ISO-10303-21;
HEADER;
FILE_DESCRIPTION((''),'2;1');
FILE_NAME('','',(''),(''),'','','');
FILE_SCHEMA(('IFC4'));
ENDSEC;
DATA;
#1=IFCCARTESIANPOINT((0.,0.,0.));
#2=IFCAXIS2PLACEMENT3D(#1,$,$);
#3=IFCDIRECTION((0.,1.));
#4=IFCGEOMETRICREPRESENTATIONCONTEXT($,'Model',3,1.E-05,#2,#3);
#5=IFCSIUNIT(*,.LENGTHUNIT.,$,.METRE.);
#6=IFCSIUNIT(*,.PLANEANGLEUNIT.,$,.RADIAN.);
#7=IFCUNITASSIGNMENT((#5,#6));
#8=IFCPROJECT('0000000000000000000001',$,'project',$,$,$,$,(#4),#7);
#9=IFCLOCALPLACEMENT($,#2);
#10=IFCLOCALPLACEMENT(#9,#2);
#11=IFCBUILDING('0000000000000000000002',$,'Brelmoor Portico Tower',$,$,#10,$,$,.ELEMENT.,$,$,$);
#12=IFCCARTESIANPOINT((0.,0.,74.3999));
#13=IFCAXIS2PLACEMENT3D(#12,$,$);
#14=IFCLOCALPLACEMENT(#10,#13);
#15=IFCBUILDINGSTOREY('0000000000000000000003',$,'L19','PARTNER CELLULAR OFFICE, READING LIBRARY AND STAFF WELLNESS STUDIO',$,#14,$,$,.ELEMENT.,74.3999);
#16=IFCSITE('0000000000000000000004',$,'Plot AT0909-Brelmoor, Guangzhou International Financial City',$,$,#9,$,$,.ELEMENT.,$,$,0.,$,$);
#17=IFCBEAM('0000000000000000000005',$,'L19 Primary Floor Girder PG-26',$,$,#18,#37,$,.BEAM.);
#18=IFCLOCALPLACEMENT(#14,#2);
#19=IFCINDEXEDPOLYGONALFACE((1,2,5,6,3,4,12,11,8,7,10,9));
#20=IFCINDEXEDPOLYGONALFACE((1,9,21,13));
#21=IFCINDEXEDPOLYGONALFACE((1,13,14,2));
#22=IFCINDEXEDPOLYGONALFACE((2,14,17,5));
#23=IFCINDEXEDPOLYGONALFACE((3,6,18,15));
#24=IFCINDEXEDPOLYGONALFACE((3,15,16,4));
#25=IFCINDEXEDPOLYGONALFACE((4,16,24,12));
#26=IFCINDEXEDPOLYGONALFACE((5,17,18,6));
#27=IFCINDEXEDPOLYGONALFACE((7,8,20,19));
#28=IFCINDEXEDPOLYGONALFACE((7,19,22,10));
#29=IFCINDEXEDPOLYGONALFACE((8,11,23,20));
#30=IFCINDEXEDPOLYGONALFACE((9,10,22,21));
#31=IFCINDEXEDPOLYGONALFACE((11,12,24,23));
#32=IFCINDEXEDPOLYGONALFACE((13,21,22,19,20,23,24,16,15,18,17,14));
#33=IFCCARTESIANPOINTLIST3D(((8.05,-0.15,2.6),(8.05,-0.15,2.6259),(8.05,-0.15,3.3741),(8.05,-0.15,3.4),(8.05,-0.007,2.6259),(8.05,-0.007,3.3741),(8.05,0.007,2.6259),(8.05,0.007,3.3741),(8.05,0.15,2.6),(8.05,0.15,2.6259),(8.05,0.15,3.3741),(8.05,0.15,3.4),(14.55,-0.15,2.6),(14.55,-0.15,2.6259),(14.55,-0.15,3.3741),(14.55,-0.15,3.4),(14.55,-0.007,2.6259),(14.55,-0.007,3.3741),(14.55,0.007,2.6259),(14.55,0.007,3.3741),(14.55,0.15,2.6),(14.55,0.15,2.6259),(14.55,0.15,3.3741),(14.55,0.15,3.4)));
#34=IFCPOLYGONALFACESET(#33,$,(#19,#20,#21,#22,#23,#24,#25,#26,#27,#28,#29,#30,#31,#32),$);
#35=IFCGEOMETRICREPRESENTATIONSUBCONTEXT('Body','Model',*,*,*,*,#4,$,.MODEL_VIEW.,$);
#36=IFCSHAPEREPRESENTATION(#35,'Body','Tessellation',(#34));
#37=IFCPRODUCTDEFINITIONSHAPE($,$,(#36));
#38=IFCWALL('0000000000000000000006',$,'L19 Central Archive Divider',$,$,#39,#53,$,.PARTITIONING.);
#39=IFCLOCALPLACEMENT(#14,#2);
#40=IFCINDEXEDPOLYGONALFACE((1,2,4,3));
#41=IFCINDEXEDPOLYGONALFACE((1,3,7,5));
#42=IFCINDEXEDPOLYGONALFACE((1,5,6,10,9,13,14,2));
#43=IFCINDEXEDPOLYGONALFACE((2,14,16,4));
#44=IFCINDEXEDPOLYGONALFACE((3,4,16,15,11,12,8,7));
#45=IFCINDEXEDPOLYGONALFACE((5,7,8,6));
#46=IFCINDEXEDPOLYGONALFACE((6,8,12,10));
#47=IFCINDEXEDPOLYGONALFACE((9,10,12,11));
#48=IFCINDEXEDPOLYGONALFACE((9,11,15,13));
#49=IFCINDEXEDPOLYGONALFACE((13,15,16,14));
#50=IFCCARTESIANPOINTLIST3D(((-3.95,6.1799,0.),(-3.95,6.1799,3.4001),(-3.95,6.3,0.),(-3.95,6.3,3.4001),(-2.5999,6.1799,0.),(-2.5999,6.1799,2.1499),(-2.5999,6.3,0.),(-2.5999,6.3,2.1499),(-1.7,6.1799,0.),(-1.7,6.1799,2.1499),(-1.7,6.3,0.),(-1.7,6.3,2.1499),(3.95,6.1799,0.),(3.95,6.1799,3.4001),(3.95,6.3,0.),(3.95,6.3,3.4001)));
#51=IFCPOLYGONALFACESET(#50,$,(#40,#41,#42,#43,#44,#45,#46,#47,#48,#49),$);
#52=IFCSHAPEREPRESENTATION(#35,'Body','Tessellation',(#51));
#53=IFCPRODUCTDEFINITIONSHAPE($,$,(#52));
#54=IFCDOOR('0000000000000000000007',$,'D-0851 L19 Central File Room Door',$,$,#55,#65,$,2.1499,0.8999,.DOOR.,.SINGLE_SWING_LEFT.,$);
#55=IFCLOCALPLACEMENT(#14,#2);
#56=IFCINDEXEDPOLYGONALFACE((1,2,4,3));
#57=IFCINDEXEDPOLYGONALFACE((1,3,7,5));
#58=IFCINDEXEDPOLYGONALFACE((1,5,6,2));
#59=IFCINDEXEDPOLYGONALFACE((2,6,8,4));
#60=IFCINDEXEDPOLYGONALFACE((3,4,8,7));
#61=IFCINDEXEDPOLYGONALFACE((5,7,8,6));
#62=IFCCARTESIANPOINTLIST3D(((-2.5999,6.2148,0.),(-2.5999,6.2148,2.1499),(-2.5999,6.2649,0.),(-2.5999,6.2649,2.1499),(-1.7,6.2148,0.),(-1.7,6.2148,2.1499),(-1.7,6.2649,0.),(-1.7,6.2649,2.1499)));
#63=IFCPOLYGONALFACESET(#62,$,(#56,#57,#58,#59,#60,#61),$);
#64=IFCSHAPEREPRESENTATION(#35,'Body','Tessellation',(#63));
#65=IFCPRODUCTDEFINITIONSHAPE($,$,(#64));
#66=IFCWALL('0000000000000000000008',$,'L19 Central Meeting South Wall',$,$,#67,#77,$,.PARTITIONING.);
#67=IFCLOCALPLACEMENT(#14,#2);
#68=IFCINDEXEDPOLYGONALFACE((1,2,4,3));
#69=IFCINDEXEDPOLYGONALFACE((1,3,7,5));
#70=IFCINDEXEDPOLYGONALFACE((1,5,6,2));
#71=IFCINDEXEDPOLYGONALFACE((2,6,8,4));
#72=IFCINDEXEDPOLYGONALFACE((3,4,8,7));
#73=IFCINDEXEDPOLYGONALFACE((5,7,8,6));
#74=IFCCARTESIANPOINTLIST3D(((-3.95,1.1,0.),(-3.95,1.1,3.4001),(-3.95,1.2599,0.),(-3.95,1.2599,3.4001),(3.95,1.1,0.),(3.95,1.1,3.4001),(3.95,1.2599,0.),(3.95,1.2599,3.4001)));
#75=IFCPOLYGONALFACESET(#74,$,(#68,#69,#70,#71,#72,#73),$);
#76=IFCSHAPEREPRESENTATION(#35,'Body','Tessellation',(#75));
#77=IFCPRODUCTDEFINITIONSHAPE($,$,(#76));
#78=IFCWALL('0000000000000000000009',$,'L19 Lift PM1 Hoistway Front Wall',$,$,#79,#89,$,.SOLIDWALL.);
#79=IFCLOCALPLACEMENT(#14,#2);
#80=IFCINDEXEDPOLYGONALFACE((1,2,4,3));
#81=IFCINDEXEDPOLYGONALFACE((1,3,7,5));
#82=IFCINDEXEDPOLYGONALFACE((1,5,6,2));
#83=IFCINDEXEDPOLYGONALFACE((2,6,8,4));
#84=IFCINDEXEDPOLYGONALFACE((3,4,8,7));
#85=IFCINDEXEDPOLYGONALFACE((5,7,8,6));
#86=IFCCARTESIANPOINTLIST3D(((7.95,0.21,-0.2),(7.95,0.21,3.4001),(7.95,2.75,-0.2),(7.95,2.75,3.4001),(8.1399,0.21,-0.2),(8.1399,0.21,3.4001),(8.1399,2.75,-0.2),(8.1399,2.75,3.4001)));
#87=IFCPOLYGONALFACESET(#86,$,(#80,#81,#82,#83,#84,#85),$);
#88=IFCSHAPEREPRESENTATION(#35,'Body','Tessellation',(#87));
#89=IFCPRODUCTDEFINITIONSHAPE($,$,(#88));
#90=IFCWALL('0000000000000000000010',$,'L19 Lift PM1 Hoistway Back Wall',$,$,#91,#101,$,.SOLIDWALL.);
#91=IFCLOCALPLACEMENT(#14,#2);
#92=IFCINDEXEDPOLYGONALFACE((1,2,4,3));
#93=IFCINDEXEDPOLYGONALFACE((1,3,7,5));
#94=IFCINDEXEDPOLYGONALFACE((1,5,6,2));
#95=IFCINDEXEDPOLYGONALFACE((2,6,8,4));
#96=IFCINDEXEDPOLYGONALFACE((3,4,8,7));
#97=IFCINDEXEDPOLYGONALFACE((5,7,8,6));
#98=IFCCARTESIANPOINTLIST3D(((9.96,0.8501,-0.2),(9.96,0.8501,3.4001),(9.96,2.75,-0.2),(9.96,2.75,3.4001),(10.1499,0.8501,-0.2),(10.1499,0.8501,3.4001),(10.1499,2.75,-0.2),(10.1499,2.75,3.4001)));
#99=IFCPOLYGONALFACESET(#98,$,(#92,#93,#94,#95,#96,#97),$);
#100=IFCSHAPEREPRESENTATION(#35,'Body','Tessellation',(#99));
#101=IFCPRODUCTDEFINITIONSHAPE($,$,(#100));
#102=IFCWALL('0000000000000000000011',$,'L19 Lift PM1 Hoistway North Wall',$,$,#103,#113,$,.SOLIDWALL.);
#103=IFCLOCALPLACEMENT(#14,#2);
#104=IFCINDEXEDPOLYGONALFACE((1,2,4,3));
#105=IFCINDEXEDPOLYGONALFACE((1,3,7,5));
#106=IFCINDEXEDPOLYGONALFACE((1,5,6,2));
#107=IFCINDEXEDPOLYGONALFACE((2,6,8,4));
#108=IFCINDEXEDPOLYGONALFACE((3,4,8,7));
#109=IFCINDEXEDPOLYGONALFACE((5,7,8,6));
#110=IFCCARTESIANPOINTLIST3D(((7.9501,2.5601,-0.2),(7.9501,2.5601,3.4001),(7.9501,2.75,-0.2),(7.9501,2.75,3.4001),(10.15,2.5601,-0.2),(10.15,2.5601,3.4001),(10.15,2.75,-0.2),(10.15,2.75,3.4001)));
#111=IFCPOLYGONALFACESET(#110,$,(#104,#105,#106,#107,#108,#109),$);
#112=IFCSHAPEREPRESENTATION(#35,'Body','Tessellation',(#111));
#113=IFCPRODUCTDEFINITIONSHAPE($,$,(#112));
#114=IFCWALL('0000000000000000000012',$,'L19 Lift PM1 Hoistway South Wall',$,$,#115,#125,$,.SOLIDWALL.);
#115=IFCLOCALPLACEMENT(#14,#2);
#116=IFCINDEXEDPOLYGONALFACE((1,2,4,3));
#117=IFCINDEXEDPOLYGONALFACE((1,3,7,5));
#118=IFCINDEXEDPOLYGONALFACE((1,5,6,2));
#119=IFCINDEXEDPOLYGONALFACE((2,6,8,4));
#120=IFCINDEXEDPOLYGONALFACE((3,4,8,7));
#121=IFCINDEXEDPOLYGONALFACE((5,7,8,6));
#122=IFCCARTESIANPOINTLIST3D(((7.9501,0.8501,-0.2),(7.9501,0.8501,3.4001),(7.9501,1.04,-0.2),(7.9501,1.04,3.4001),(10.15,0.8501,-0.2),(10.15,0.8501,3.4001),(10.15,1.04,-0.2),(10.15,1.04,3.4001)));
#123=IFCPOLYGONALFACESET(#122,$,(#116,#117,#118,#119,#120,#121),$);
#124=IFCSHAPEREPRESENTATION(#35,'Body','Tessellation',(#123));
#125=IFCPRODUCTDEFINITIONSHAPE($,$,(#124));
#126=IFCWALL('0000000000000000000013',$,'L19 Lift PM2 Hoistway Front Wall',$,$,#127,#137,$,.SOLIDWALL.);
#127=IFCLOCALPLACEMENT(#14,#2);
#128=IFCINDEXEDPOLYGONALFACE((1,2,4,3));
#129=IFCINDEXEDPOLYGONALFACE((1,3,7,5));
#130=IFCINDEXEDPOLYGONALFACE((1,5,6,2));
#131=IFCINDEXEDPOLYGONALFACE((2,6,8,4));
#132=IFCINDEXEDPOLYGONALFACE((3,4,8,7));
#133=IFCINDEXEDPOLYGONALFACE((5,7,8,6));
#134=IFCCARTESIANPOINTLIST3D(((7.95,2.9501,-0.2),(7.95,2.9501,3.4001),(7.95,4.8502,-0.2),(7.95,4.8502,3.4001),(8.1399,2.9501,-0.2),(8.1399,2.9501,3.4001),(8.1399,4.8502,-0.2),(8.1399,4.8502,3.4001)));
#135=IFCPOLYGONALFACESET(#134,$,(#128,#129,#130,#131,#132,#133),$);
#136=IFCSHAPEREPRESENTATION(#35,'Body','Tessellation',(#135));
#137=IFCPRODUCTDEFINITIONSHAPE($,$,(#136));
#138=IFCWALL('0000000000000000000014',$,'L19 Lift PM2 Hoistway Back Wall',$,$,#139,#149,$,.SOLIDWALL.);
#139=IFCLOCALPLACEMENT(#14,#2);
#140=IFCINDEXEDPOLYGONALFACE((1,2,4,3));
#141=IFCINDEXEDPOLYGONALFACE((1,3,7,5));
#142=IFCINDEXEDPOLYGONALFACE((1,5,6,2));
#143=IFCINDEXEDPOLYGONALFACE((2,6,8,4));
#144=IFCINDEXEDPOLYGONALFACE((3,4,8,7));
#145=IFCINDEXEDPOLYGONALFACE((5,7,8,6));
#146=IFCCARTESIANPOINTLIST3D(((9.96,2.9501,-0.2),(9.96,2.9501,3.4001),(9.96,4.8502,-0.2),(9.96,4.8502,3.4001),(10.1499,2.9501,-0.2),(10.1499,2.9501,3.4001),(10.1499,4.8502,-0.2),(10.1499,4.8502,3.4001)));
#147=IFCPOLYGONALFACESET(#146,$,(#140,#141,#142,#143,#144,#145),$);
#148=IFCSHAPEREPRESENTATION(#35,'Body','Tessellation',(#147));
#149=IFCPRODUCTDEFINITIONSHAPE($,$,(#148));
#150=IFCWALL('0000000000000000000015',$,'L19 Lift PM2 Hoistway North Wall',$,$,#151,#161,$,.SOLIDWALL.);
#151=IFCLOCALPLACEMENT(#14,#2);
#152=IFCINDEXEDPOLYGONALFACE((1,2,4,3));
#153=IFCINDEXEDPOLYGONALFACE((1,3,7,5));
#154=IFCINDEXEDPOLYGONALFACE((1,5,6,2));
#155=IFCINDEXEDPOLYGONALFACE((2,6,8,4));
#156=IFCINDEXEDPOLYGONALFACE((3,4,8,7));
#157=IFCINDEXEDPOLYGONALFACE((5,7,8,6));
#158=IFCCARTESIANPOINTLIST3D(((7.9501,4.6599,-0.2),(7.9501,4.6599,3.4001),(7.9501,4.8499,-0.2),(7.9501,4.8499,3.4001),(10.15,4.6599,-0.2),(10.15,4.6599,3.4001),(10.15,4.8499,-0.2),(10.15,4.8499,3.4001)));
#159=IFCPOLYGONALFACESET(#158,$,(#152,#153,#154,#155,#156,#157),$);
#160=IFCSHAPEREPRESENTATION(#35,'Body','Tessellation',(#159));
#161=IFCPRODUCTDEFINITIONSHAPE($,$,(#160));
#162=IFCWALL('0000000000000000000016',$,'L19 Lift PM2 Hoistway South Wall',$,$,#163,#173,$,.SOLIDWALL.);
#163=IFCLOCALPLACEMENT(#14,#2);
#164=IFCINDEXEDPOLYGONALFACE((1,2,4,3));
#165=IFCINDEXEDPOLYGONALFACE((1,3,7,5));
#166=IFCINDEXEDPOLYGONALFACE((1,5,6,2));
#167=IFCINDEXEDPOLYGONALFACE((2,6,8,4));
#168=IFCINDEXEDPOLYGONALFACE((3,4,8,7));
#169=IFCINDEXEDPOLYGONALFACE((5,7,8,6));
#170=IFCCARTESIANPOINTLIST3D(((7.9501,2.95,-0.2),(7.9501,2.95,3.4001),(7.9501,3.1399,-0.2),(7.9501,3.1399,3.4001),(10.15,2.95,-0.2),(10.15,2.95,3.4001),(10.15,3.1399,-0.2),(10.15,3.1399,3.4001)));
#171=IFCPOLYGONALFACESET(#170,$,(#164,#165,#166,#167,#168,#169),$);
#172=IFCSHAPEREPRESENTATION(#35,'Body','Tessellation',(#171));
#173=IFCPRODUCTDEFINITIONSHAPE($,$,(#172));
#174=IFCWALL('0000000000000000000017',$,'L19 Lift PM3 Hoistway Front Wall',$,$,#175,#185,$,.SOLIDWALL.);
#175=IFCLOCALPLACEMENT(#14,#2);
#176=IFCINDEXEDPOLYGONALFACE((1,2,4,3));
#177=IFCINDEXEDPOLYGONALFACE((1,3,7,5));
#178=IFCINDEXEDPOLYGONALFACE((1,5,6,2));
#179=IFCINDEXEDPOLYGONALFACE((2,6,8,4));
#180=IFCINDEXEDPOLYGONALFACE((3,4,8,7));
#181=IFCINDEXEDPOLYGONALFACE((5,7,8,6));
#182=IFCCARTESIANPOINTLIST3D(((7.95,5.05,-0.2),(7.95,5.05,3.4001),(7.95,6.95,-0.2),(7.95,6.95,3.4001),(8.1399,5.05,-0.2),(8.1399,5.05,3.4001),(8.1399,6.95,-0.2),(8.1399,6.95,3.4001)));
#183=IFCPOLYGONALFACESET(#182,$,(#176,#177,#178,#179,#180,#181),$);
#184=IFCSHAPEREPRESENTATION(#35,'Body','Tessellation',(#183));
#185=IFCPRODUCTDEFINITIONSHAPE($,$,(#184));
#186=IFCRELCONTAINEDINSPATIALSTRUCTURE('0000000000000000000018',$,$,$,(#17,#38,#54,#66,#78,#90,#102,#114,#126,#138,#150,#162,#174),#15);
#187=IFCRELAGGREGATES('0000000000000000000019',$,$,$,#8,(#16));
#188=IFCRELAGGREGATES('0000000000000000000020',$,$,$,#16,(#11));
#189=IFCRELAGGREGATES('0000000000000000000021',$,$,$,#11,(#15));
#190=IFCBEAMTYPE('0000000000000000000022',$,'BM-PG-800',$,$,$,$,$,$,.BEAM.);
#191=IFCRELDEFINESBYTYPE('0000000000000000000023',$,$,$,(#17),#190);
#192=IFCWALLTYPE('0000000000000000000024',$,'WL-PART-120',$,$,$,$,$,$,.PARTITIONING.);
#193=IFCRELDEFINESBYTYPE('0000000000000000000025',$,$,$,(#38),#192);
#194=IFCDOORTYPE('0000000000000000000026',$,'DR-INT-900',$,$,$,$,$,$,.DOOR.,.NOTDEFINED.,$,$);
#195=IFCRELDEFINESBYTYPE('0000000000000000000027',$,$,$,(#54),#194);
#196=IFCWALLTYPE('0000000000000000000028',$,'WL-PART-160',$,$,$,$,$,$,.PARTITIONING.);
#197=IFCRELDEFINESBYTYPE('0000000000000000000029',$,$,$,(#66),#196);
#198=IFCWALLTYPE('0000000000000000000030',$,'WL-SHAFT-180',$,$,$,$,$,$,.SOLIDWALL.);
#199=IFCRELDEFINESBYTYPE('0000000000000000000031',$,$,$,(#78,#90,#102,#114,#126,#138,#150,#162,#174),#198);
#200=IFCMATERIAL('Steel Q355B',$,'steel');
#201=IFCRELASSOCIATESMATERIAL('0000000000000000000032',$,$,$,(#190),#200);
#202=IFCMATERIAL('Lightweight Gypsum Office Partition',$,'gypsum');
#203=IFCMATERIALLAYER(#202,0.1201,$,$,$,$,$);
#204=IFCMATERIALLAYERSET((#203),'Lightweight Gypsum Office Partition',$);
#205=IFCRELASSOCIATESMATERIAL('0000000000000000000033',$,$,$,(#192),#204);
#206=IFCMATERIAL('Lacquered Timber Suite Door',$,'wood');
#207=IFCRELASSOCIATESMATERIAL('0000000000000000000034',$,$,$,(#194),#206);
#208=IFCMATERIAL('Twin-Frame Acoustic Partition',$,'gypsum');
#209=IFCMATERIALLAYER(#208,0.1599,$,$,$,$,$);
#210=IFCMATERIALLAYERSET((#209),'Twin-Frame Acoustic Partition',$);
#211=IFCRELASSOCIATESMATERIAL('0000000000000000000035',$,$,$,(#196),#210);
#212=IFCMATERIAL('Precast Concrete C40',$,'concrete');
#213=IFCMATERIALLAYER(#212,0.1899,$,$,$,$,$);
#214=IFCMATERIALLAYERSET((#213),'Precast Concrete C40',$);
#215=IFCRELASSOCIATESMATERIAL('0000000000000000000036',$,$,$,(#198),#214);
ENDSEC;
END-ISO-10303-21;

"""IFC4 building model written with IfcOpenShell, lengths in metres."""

from ifc_helpers import new_model, si_unit, direction, frame, frame_2d, origin, origin_2d, place, context, subcontext, project, spatial, rectangle, i_section, extrude, material, layer, layer_set, material_profile, profile_set, type_object, element, fill, save


model = new_model("IFC4")

# Units and contexts
model_context = context("Model", 3, precision=1e-05, world=origin(), true_north=direction((0.0, 1.0)))
body_context = subcontext(model_context, "Body", "Model", "MODEL_VIEW")
ifc_project = project(units=[si_unit("LENGTHUNIT", "METRE"), si_unit("PLANEANGLEUNIT", "RADIAN")], contexts=[model_context])

# Site, building, storey
site_placement = place(None, origin())
site = spatial("IfcSite", under=ifc_project, at=site_placement, Name="Plot AT0909-Brelmoor, Guangzhou International Financial City", CompositionType="ELEMENT", RefElevation=0.0)
building_placement = place(site_placement, origin())
building = spatial("IfcBuilding", under=site, at=building_placement, Name="Brelmoor Portico Tower", CompositionType="ELEMENT")
storey_placement = place(building_placement, frame((0.0, 0.0, 74.3999)))
storey = spatial("IfcBuildingStorey", under=building, at=storey_placement, Name="L19", Description="PARTNER CELLULAR OFFICE, READING LIBRARY AND STAFF WELLNESS STUDIO", CompositionType="ELEMENT", Elevation=74.3999)

# Beam
ifc_material_1 = material(Name="Steel Q355B", Category="steel")
ifc_material_profile = material_profile(ifc_material_1, i_section(OverallWidth=0.3, OverallDepth=0.8, WebThickness=0.0139, FlangeThickness=0.0259, at=origin_2d()), Name="HN 800x300x14x26")
ifc_profile_set = profile_set([ifc_material_profile], Name="Steel Q355B")
beam_type = type_object("IfcBeamType", Name="BM-PG-800", PredefinedType="BEAM", material=ifc_profile_set)
beam_placement = place(storey_placement, frame((8.05, 0.0, 3.0), z_axis=(1.0, 0.0, 0.0), x_axis=(0.0, 1.0, 0.0)))
element("IfcBeam", 1, at=beam_placement, inside=storey, type_object=beam_type, Name="L19 Primary Floor Girder PG-26", PredefinedType="BEAM", context=body_context, shape_type="SweptSolid", body=[
    extrude(i_section(OverallWidth=0.3, OverallDepth=0.8, WebThickness=0.0139, FlangeThickness=0.0259, at=origin_2d()), origin(), (0.0, 0.0, 1.0), 6.5),
])

# Wall, opening, door
ifc_material_2 = material(Name="Lightweight Gypsum Office Partition", Category="gypsum")
ifc_layer_1 = layer(ifc_material_2, 0.1201)
ifc_layer_set_1 = layer_set([ifc_layer_1], Name="Lightweight Gypsum Office Partition")
wall_type_1 = type_object("IfcWallType", Name="WL-PART-120", PredefinedType="PARTITIONING", material=ifc_layer_set_1)
wall_1_placement = place(storey_placement, frame((-3.95, 6.24, 0.0), z_axis=(0.0, 0.0, 1.0), x_axis=(1.0, 0.0, 0.0)))
wall_1 = element("IfcWall", 2, at=wall_1_placement, inside=storey, type_object=wall_type_1, Name="L19 Central Archive Divider", PredefinedType="PARTITIONING", context=body_context, shape_type="SweptSolid", body=[
    extrude(rectangle(XDim=7.8999, YDim=0.1201, at=frame_2d((3.95, 0.0))), origin(), (0.0, 0.0, 1.0), 3.4001),
])
opening_1_placement = place(wall_1_placement, frame((1.3501, 0.0, 0.0)))
opening_1 = element("IfcOpeningElement", 3, at=opening_1_placement, cuts=wall_1, PredefinedType="OPENING", context=body_context, shape_type="SweptSolid", body=[
    extrude(rectangle(XDim=0.8999, YDim=2.1499, at=frame_2d((0.45, 1.075))), frame((0.0, 0.0701, 0.0), z_axis=(0.0, -1.0, 0.0), x_axis=(1.0, 0.0, 0.0)), (0.0, 0.0, 1.0), 0.1401),
])
ifc_material_3 = material(Name="Lacquered Timber Suite Door", Category="wood")
door_type_1 = type_object("IfcDoorType", Name="DR-INT-900", OperationType="NOTDEFINED", PredefinedType="DOOR", material=ifc_material_3)
door_1_placement = place(opening_1_placement, origin())
door_1 = element("IfcDoor", 4, at=door_1_placement, inside=storey, type_object=door_type_1, Name="D-0851 L19 Central File Room Door", OperationType="SINGLE_SWING_LEFT", OverallHeight=2.1499, OverallWidth=0.8999, PredefinedType="DOOR", context=body_context, shape_type="SweptSolid", body=[
    extrude(rectangle(XDim=0.8999, YDim=2.1499, at=frame_2d((0.45, 1.075))), frame((0.0, 0.0249, 0.0), z_axis=(0.0, -1.0, 0.0), x_axis=(1.0, 0.0, 0.0)), (0.0, 0.0, 1.0), 0.05),
])
fill(opening_1, door_1)

# Walls
ifc_material_4 = material(Name="Twin-Frame Acoustic Partition", Category="gypsum")
ifc_layer_2 = layer(ifc_material_4, 0.1599)
ifc_layer_set_2 = layer_set([ifc_layer_2], Name="Twin-Frame Acoustic Partition")
wall_type_2 = type_object("IfcWallType", Name="WL-PART-160", PredefinedType="PARTITIONING", material=ifc_layer_set_2)
wall_2_placement = place(storey_placement, frame((-3.95, 1.1799, 0.0), z_axis=(0.0, 0.0, 1.0), x_axis=(1.0, 0.0, 0.0)))
element("IfcWall", 5, at=wall_2_placement, inside=storey, type_object=wall_type_2, Name="L19 Central Meeting South Wall", PredefinedType="PARTITIONING", context=body_context, shape_type="SweptSolid", body=[
    extrude(rectangle(XDim=7.8999, YDim=0.1599, at=frame_2d((3.95, 0.0))), origin(), (0.0, 0.0, 1.0), 3.4001),
])
ifc_material_5 = material(Name="Precast Concrete C40", Category="concrete")
ifc_layer_3 = layer(ifc_material_5, 0.1899)
ifc_layer_set_3 = layer_set([ifc_layer_3], Name="Precast Concrete C40")
wall_type_3 = type_object("IfcWallType", Name="WL-SHAFT-180", PredefinedType="SOLIDWALL", material=ifc_layer_set_3)
wall_3_placement = place(storey_placement, frame((8.0449, 0.21, -0.2), z_axis=(0.0, 0.0, 1.0), x_axis=(0.0, 1.0, 0.0)))
element("IfcWall", 6, at=wall_3_placement, inside=storey, type_object=wall_type_3, Name="L19 Lift PM1 Hoistway Front Wall", PredefinedType="SOLIDWALL", context=body_context, shape_type="SweptSolid", body=[
    extrude(rectangle(XDim=2.54, YDim=0.1899, at=frame_2d((1.27, 0.0))), origin(), (0.0, 0.0, 1.0), 3.6001),
])
wall_4_placement = place(storey_placement, frame((10.0549, 0.8501, -0.2), z_axis=(0.0, 0.0, 1.0), x_axis=(0.0, 1.0, 0.0)))
element("IfcWall", 7, at=wall_4_placement, inside=storey, type_object=wall_type_3, Name="L19 Lift PM1 Hoistway Back Wall", PredefinedType="SOLIDWALL", context=body_context, shape_type="SweptSolid", body=[
    extrude(rectangle(XDim=1.8999, YDim=0.1899, at=frame_2d((0.95, 0.0))), origin(), (0.0, 0.0, 1.0), 3.6001),
])
for number, where, z_axis, x_axis, name in (
    (8, (7.95, 2.655, -0.2), (0.0, 0.0, 1.0), (1.0, 0.0, 0.0), "L19 Lift PM1 Hoistway North Wall"),
    (9, (7.95, 0.9451, -0.2), (0.0, 0.0, 1.0), (1.0, 0.0, 0.0), "L19 Lift PM1 Hoistway South Wall"),
):
    element("IfcWall", number, at=place(storey_placement, frame(where, z_axis=z_axis, x_axis=x_axis)), inside=storey, type_object=wall_type_3, Name=name, PredefinedType="SOLIDWALL", context=body_context, shape_type="SweptSolid", body=[
        extrude(rectangle(XDim=2.2, YDim=0.1899, at=frame_2d((1.1001, 0.0))), origin(), (0.0, 0.0, 1.0), 3.6001),
    ])
for number, where, z_axis, x_axis, name in (
    (10, (8.0449, 2.95, -0.2), (0.0, 0.0, 1.0), (0.0, 1.0, 0.0), "L19 Lift PM2 Hoistway Front Wall"),
    (11, (10.0549, 2.95, -0.2), (0.0, 0.0, 1.0), (0.0, 1.0, 0.0), "L19 Lift PM2 Hoistway Back Wall"),
):
    element("IfcWall", number, at=place(storey_placement, frame(where, z_axis=z_axis, x_axis=x_axis)), inside=storey, type_object=wall_type_3, Name=name, PredefinedType="SOLIDWALL", context=body_context, shape_type="SweptSolid", body=[
        extrude(rectangle(XDim=1.9001, YDim=0.1899, at=frame_2d((0.9502, 0.0))), origin(), (0.0, 0.0, 1.0), 3.6001),
    ])
for number, where, z_axis, x_axis, name in (
    (12, (7.95, 4.7549, -0.2), (0.0, 0.0, 1.0), (1.0, 0.0, 0.0), "L19 Lift PM2 Hoistway North Wall"),
    (13, (7.95, 3.0449, -0.2), (0.0, 0.0, 1.0), (1.0, 0.0, 0.0), "L19 Lift PM2 Hoistway South Wall"),
):
    element("IfcWall", number, at=place(storey_placement, frame(where, z_axis=z_axis, x_axis=x_axis)), inside=storey, type_object=wall_type_3, Name=name, PredefinedType="SOLIDWALL", context=body_context, shape_type="SweptSolid", body=[
        extrude(rectangle(XDim=2.2, YDim=0.1899, at=frame_2d((1.1001, 0.0))), origin(), (0.0, 0.0, 1.0), 3.6001),
    ])
for number, where, z_axis, x_axis, name in (
    (14, (8.0449, 5.05, -0.2), (0.0, 0.0, 1.0), (0.0, 1.0, 0.0), "L19 Lift PM3 Hoistway Front Wall"),
):
    element("IfcWall", number, at=place(storey_placement, frame(where, z_axis=z_axis, x_axis=x_axis)), inside=storey, type_object=wall_type_3, Name=name, PredefinedType="SOLIDWALL", context=body_context, shape_type="SweptSolid", body=[
        extrude(rectangle(XDim=1.8999, YDim=0.1899, at=frame_2d((0.95, 0.0))), origin(), (0.0, 0.0, 1.0), 3.6001),
    ])

save(model, "model.ifc")
